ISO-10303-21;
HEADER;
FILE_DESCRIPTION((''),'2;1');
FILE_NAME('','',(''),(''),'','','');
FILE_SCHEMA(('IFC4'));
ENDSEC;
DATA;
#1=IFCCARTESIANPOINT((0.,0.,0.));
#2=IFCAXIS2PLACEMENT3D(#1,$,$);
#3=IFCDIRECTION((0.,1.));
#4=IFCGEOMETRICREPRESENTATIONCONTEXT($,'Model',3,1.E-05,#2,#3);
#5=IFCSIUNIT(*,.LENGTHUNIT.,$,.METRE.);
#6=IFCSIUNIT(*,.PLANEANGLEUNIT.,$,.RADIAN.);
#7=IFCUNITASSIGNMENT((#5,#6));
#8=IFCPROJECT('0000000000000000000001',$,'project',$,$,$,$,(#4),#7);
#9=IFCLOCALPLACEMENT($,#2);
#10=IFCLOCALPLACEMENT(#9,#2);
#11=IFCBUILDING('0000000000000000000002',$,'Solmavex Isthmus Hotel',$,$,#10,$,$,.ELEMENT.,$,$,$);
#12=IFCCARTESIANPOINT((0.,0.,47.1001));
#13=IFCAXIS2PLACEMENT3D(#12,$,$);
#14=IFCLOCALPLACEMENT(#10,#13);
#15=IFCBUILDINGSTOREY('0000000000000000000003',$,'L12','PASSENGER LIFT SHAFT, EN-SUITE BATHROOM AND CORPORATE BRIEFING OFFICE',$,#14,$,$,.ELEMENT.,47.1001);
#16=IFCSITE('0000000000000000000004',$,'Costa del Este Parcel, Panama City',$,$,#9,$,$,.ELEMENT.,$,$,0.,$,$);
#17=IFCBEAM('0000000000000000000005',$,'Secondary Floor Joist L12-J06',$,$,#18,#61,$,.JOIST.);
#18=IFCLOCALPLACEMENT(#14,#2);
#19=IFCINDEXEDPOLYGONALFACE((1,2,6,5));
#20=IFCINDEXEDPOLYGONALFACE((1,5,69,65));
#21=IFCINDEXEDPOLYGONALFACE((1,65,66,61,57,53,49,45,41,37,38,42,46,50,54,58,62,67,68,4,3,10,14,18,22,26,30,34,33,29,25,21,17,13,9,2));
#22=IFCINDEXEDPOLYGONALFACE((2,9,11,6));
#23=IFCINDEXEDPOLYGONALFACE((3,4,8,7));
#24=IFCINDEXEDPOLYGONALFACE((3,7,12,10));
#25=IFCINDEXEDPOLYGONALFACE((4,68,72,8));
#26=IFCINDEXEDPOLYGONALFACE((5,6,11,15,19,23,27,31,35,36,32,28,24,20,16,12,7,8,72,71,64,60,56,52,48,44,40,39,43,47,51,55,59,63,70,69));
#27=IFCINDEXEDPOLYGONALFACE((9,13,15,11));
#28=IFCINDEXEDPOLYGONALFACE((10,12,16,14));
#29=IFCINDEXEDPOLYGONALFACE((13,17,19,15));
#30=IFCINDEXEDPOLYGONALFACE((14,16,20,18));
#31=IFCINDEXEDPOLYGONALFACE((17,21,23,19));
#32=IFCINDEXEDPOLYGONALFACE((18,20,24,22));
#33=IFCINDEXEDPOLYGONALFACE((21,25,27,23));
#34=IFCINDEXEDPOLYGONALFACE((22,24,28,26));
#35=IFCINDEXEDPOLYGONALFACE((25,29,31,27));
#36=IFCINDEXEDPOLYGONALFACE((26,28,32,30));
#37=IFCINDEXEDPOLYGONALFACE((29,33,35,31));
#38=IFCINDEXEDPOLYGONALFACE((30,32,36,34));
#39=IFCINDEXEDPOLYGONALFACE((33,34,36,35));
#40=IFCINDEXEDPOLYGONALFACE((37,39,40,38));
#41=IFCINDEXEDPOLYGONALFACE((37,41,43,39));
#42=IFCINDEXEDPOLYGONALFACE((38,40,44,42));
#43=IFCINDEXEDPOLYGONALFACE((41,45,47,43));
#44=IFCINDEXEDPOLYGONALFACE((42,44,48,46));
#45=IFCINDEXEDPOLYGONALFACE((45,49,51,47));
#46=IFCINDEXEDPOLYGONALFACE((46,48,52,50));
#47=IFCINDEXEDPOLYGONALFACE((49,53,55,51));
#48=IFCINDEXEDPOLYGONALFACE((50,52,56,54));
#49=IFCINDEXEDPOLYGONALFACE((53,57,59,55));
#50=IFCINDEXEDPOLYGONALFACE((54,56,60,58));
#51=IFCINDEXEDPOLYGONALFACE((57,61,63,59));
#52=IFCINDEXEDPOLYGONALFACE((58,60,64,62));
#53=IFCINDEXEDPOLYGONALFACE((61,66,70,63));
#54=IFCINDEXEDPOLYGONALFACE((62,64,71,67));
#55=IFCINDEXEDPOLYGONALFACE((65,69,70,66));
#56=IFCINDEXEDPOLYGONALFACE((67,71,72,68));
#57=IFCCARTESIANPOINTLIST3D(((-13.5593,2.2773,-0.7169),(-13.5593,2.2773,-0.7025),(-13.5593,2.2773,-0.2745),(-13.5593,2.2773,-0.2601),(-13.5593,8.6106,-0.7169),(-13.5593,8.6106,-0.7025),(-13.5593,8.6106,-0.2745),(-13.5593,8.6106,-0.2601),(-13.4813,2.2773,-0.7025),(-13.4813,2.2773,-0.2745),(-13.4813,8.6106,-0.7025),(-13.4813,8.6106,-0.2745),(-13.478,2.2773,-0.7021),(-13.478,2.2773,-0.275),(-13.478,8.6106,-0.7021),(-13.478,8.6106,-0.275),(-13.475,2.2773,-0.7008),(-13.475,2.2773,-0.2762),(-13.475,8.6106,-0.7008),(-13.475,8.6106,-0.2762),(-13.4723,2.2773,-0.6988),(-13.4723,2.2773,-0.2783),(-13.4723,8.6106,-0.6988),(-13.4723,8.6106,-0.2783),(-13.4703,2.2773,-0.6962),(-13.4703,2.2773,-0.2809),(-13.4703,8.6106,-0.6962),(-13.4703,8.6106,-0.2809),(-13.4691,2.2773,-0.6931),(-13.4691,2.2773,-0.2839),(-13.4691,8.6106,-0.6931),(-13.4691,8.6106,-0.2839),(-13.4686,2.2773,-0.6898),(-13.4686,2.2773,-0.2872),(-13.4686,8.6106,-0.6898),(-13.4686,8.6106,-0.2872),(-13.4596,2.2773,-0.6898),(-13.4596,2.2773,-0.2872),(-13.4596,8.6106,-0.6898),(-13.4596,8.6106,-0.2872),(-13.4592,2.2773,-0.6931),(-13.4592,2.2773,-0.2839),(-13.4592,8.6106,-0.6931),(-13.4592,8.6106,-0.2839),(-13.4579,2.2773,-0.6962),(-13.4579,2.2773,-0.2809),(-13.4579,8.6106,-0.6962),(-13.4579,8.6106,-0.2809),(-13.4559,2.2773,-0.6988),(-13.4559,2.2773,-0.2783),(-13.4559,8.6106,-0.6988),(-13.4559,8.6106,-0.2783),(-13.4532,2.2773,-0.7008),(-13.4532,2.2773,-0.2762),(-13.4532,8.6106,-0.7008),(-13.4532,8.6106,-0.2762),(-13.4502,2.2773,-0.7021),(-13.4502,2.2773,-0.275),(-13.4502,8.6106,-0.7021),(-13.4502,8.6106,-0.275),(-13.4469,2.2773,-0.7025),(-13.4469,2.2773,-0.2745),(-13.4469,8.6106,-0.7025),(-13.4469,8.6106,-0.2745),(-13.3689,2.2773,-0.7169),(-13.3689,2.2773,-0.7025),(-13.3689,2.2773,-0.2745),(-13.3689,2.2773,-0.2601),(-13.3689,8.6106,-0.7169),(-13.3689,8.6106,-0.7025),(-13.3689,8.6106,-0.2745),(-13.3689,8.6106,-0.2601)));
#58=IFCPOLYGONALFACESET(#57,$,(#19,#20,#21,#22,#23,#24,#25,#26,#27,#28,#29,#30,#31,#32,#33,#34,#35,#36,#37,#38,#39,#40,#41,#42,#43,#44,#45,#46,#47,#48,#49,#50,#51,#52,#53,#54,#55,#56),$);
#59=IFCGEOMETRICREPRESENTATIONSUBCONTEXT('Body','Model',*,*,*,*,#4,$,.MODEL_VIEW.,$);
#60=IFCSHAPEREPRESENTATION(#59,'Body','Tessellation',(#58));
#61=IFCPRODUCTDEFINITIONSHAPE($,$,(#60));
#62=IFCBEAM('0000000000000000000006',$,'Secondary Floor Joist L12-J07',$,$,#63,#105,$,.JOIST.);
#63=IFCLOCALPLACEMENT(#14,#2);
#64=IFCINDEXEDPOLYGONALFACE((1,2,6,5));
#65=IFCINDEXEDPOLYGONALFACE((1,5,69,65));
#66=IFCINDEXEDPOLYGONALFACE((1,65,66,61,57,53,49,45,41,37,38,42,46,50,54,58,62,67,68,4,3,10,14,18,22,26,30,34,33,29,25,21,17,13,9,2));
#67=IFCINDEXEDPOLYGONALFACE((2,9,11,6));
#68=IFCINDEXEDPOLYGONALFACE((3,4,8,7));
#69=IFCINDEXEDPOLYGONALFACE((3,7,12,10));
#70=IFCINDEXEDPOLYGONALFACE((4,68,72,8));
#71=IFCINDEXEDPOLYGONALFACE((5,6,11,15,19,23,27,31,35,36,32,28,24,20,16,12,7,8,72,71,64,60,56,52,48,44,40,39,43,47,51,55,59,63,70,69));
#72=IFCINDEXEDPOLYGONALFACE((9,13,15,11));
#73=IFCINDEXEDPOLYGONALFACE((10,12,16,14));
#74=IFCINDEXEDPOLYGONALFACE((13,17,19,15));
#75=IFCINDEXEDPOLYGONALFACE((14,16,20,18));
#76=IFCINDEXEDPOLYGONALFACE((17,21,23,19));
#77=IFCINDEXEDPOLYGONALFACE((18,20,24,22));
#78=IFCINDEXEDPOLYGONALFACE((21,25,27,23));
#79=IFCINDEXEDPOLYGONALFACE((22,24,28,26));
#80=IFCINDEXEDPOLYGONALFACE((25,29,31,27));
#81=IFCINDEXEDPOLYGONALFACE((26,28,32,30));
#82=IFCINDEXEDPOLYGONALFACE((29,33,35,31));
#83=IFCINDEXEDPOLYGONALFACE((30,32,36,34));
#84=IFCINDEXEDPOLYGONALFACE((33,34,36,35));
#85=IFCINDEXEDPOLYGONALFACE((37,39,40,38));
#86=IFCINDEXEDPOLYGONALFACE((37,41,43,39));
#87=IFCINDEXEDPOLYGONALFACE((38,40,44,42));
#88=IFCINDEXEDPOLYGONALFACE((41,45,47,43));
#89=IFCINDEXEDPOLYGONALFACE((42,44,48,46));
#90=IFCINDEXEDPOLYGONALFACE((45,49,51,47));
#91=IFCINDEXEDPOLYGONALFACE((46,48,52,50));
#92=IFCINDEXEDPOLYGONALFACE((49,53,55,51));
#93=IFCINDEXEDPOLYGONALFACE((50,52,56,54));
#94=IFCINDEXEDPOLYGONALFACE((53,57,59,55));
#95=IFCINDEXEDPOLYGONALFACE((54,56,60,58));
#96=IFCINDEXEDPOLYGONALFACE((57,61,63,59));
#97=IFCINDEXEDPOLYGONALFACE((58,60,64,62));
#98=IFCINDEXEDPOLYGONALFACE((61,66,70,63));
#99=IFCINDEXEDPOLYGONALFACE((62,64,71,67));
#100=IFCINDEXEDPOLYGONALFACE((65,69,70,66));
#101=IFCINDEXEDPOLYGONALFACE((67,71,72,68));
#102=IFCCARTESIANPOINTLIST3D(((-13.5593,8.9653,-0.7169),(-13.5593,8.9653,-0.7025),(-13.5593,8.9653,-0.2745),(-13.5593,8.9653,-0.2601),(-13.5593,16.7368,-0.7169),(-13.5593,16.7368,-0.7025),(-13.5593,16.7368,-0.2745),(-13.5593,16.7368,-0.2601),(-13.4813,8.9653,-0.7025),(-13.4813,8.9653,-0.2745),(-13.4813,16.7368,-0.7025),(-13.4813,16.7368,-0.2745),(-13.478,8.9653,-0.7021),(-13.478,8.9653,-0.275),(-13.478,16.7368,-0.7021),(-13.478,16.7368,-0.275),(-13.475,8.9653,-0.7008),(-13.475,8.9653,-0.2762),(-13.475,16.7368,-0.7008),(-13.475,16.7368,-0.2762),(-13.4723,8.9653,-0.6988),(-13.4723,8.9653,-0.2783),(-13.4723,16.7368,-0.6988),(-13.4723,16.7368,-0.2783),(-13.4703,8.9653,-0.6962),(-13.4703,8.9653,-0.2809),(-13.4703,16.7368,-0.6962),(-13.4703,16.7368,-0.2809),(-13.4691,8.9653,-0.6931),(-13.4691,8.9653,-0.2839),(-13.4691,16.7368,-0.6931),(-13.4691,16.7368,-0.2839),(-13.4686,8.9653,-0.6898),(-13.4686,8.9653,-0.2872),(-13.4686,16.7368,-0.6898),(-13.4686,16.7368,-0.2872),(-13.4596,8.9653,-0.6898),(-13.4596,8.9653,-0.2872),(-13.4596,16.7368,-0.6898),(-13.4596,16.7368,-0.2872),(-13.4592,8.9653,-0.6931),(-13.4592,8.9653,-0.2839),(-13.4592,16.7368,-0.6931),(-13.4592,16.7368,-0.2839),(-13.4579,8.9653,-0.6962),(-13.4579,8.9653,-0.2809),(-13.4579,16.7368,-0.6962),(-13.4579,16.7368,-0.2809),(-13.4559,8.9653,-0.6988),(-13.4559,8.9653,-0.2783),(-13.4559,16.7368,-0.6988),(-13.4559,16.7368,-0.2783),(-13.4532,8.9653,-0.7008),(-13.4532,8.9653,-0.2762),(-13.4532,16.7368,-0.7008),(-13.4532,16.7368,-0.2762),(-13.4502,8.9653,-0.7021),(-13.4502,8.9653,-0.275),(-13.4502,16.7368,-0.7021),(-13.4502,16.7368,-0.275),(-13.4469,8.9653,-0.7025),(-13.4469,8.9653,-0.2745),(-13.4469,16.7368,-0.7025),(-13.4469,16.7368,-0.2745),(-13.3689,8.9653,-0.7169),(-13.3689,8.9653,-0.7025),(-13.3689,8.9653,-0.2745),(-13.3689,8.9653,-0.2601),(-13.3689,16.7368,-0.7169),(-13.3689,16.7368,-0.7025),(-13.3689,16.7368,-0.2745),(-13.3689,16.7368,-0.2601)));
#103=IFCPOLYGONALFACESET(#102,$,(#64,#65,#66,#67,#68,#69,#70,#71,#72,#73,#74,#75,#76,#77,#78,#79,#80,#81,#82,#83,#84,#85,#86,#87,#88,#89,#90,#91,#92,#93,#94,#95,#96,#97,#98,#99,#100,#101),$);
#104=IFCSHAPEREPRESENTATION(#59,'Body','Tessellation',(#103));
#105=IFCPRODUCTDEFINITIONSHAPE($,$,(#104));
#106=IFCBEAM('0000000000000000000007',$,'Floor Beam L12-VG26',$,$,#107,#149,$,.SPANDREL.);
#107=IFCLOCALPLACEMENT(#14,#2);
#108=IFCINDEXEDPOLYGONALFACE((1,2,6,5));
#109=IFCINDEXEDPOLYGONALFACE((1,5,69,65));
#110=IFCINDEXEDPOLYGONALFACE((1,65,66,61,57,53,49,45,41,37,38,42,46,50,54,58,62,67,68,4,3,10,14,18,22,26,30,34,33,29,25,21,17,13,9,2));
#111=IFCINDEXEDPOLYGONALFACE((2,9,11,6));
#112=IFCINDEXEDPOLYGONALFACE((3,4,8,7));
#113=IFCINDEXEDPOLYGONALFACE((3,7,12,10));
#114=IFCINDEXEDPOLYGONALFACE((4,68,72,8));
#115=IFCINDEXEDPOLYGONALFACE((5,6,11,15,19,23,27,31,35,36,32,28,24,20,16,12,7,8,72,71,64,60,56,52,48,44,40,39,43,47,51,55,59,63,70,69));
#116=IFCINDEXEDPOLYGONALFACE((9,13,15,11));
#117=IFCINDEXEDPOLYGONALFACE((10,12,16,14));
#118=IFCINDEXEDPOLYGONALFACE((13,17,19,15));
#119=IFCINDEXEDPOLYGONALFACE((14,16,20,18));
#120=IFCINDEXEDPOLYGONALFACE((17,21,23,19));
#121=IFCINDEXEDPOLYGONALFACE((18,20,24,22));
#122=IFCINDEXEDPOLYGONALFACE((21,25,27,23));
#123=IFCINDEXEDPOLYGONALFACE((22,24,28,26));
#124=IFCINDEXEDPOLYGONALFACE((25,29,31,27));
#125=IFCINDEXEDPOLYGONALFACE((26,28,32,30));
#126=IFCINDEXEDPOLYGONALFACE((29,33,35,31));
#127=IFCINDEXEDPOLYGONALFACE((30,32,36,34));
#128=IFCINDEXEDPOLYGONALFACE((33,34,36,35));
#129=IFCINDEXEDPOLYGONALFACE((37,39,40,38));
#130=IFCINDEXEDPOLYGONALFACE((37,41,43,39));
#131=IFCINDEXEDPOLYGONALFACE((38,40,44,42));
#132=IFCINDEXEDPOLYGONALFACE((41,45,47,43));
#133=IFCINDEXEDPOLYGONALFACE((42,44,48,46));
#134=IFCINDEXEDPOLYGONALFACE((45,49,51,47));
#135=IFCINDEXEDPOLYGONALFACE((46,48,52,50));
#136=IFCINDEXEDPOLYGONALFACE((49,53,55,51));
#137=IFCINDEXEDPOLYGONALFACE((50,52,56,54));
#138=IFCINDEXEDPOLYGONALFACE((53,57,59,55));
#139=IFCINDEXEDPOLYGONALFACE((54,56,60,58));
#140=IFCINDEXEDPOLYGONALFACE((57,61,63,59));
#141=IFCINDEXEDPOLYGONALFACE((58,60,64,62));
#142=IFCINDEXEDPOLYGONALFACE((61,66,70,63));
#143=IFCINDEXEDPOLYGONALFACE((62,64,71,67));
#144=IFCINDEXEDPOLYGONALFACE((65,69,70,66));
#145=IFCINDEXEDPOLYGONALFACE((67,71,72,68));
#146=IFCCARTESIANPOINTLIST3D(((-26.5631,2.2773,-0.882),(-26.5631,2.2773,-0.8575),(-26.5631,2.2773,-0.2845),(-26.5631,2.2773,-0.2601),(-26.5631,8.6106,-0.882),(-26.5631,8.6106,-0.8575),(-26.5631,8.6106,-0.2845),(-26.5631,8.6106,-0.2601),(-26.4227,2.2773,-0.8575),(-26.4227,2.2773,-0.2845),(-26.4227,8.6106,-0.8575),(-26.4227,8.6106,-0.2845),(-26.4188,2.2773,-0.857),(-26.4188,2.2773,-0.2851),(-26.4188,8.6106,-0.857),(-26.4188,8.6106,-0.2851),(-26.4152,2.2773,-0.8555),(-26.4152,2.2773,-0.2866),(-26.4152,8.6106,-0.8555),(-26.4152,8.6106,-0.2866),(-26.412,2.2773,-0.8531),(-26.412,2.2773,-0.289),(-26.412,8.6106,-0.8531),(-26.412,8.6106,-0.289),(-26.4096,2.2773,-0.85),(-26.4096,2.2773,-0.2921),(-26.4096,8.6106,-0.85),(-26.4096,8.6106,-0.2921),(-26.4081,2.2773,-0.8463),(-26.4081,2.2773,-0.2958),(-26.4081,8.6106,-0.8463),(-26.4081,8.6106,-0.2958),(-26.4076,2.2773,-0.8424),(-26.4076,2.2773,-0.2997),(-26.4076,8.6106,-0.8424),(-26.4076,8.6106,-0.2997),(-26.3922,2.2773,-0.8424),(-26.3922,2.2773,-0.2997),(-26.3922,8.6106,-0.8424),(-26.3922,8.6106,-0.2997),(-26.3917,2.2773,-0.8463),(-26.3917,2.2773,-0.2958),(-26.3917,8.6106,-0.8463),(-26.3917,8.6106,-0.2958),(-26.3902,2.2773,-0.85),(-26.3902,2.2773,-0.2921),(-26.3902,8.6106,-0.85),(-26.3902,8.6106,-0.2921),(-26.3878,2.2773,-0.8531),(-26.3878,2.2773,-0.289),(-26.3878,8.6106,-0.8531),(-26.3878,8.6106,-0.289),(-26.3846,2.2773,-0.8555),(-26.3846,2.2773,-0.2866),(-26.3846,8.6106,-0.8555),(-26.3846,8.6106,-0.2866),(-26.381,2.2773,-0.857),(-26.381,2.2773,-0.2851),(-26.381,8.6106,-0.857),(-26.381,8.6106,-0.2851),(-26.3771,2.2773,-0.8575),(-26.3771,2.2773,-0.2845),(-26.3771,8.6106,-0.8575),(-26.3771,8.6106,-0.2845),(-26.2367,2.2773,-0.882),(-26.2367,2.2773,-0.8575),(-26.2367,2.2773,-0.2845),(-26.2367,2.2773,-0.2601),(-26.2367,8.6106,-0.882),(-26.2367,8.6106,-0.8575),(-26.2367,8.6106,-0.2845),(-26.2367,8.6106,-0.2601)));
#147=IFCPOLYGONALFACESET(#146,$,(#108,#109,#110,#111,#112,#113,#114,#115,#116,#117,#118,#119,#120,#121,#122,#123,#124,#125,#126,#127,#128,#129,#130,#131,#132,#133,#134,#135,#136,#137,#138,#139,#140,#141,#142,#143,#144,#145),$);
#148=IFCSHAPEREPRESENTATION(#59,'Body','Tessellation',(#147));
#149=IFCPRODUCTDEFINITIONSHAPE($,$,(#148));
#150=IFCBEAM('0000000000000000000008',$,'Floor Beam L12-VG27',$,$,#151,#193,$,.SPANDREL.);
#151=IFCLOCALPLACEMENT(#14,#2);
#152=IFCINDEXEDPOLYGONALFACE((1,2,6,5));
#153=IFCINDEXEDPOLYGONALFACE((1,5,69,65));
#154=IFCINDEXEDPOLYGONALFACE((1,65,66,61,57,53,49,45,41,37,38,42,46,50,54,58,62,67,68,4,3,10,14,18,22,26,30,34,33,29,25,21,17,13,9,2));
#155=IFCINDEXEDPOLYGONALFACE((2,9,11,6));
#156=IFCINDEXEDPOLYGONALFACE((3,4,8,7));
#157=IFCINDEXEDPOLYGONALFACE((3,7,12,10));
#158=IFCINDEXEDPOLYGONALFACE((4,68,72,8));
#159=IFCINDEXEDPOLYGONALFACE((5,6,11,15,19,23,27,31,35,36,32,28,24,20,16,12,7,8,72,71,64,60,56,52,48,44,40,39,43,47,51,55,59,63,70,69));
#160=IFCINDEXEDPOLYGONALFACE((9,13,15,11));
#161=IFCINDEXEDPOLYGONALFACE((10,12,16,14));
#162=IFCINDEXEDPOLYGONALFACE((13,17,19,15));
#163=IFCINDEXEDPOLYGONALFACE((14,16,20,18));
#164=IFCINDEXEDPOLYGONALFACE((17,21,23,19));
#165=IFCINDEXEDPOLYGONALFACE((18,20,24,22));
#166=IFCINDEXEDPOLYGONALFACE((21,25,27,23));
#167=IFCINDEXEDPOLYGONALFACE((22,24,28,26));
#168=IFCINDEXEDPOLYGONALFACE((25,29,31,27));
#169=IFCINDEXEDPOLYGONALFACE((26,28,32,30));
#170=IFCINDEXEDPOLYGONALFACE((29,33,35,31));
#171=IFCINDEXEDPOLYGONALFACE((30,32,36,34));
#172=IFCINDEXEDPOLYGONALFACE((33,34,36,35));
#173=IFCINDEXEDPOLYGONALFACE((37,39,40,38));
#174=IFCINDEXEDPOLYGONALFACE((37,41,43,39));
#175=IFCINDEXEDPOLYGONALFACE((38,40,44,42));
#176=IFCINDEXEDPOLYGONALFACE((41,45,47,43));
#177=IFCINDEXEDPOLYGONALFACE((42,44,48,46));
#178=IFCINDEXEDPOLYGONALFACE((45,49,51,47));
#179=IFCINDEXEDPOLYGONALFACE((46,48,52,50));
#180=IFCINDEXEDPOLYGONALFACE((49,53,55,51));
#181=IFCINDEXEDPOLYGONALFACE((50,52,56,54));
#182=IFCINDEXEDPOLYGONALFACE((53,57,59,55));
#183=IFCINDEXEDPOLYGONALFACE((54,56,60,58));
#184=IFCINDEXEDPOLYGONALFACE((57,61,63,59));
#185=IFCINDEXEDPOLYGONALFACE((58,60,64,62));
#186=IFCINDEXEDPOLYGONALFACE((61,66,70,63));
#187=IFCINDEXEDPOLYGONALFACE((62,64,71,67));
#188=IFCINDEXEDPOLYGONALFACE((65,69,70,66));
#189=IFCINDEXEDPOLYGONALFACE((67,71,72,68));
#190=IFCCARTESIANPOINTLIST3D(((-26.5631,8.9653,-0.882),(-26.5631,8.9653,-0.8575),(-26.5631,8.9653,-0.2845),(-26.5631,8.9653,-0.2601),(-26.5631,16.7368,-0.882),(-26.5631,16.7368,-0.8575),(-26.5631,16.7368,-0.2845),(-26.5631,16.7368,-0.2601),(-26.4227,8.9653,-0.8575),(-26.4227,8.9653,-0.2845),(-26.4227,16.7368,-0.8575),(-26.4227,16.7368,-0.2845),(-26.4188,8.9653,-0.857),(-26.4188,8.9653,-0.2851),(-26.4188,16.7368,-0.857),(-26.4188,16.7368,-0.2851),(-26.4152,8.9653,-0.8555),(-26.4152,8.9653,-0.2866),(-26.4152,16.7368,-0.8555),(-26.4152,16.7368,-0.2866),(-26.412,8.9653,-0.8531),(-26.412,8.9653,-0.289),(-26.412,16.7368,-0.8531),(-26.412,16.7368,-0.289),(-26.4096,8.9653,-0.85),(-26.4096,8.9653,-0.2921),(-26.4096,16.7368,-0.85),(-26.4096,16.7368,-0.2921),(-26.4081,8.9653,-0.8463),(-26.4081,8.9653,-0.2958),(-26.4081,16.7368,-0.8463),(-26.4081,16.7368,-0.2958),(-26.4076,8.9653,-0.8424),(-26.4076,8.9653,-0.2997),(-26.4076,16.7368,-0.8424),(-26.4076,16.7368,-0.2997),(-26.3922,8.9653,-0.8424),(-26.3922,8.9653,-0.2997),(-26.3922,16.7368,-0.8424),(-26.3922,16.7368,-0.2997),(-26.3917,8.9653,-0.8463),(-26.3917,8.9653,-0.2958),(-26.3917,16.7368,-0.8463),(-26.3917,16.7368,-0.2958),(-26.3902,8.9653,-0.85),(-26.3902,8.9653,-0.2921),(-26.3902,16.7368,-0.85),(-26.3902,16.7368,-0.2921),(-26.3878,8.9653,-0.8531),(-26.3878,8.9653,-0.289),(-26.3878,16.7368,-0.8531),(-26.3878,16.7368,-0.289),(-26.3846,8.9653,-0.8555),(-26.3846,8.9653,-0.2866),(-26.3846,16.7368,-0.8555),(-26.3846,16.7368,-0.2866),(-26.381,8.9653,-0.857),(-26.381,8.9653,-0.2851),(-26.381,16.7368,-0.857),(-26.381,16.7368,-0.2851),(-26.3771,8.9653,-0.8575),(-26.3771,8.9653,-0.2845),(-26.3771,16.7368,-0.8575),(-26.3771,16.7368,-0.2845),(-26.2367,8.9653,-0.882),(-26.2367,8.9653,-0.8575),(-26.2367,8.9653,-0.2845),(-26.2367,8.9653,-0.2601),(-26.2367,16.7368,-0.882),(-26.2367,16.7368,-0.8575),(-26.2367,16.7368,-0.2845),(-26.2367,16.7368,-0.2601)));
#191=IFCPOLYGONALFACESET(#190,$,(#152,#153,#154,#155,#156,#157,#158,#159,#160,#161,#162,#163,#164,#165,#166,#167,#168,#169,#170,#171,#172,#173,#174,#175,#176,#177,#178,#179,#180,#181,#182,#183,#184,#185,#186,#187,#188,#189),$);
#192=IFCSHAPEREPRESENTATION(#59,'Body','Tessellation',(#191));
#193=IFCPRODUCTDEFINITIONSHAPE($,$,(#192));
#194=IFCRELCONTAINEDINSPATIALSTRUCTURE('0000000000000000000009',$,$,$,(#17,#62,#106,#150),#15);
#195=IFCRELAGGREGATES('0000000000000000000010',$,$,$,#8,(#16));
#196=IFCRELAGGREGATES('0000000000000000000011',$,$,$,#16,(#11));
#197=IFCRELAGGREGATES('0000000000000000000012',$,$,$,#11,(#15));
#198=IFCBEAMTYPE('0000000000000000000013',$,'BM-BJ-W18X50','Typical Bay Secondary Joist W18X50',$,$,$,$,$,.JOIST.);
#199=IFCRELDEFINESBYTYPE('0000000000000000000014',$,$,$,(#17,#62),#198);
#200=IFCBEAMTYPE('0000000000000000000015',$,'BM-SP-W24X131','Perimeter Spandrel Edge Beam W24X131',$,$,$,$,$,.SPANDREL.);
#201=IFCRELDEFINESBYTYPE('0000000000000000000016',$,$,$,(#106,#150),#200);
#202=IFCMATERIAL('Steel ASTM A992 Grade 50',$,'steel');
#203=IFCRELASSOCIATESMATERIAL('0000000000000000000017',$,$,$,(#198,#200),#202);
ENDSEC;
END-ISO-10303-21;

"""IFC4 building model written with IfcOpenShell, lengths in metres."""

from ifc_helpers import new_model, si_unit, direction, frame, origin, origin_2d, place, context, subcontext, project, spatial, i_section, extrude, material, material_profile, profile_set, type_object, element, save


model = new_model("IFC4")

# Units and contexts
model_context = context("Model", 3, precision=1e-05, world=origin(), true_north=direction((0.0, 1.0)))
body_context = subcontext(model_context, "Body", "Model", "MODEL_VIEW")
ifc_project = project(units=[si_unit("LENGTHUNIT", "METRE"), si_unit("PLANEANGLEUNIT", "RADIAN")], contexts=[model_context])

# Site, building, storey
site_placement = place(None, origin())
site = spatial("IfcSite", under=ifc_project, at=site_placement, Name="Costa del Este Parcel, Panama City", CompositionType="ELEMENT", RefElevation=0.0)
building_placement = place(site_placement, origin())
building = spatial("IfcBuilding", under=site, at=building_placement, Name="Solmavex Isthmus Hotel", CompositionType="ELEMENT")
storey_placement = place(building_placement, frame((0.0, 0.0, 47.1001)))
storey = spatial("IfcBuildingStorey", under=building, at=storey_placement, Name="L12", Description="PASSENGER LIFT SHAFT, EN-SUITE BATHROOM AND CORPORATE BRIEFING OFFICE", CompositionType="ELEMENT", Elevation=47.1001)

# Beams
ifc_material_1 = material(Name="Steel ASTM A992 Grade 50", Category="steel")
ifc_material_profile_1 = material_profile(ifc_material_1, i_section(OverallWidth=0.1904, OverallDepth=0.4568, WebThickness=0.009, FlangeThickness=0.0144, FilletRadius=0.0127, at=origin_2d()), Name="W18X50")
ifc_profile_set_1 = profile_set([ifc_material_profile_1], Name="Steel ASTM A992 Grade 50")
beam_type_1 = type_object("IfcBeamType", Name="BM-BJ-W18X50", Description="Typical Bay Secondary Joist W18X50", PredefinedType="JOIST", material=ifc_profile_set_1)
beam_1_placement = place(storey_placement, frame((-13.4641, 2.2773, -0.4885), z_axis=(0.0, 1.0, 0.0), x_axis=(-1.0, 0.0, 0.0)))
element("IfcBeam", 1, at=beam_1_placement, inside=storey, type_object=beam_type_1, Name="Secondary Floor Joist L12-J06", PredefinedType="JOIST", context=body_context, shape_type="SweptSolid", body=[
    extrude(i_section(OverallWidth=0.1904, OverallDepth=0.4568, WebThickness=0.009, FlangeThickness=0.0144, FilletRadius=0.0127, at=origin_2d()), origin(), (0.0, 0.0, 1.0), 6.3333),
])
beam_2_placement = place(storey_placement, frame((-13.4641, 8.9653, -0.4885), z_axis=(0.0, 1.0, 0.0), x_axis=(-1.0, 0.0, 0.0)))
element("IfcBeam", 2, at=beam_2_placement, inside=storey, type_object=beam_type_1, Name="Secondary Floor Joist L12-J07", PredefinedType="JOIST", context=body_context, shape_type="SweptSolid", body=[
    extrude(i_section(OverallWidth=0.1904, OverallDepth=0.4568, WebThickness=0.009, FlangeThickness=0.0144, FilletRadius=0.0127, at=origin_2d()), origin(), (0.0, 0.0, 1.0), 7.7715),
])
ifc_material_profile_2 = material_profile(ifc_material_1, i_section(OverallWidth=0.3264, OverallDepth=0.6218, WebThickness=0.0154, FlangeThickness=0.0244, FilletRadius=0.0151, at=origin_2d()), Name="W24X131")
ifc_profile_set_2 = profile_set([ifc_material_profile_2], Name="Steel ASTM A992 Grade 50")
beam_type_2 = type_object("IfcBeamType", Name="BM-SP-W24X131", Description="Perimeter Spandrel Edge Beam W24X131", PredefinedType="SPANDREL", material=ifc_profile_set_2)
beam_3_placement = place(storey_placement, frame((-26.3999, 2.2773, -0.571), z_axis=(0.0, 1.0, 0.0), x_axis=(-1.0, 0.0, 0.0)))
element("IfcBeam", 3, at=beam_3_placement, inside=storey, type_object=beam_type_2, Name="Floor Beam L12-VG26", PredefinedType="SPANDREL", context=body_context, shape_type="SweptSolid", body=[
    extrude(i_section(OverallWidth=0.3264, OverallDepth=0.6218, WebThickness=0.0154, FlangeThickness=0.0244, FilletRadius=0.0151, at=origin_2d()), origin(), (0.0, 0.0, 1.0), 6.3333),
])
beam_4_placement = place(storey_placement, frame((-26.3999, 8.9653, -0.571), z_axis=(0.0, 1.0, 0.0), x_axis=(-1.0, 0.0, 0.0)))
element("IfcBeam", 4, at=beam_4_placement, inside=storey, type_object=beam_type_2, Name="Floor Beam L12-VG27", PredefinedType="SPANDREL", context=body_context, shape_type="SweptSolid", body=[
    extrude(i_section(OverallWidth=0.3264, OverallDepth=0.6218, WebThickness=0.0154, FlangeThickness=0.0244, FilletRadius=0.0151, at=origin_2d()), origin(), (0.0, 0.0, 1.0), 7.7715),
])

save(model, "model.ifc")
